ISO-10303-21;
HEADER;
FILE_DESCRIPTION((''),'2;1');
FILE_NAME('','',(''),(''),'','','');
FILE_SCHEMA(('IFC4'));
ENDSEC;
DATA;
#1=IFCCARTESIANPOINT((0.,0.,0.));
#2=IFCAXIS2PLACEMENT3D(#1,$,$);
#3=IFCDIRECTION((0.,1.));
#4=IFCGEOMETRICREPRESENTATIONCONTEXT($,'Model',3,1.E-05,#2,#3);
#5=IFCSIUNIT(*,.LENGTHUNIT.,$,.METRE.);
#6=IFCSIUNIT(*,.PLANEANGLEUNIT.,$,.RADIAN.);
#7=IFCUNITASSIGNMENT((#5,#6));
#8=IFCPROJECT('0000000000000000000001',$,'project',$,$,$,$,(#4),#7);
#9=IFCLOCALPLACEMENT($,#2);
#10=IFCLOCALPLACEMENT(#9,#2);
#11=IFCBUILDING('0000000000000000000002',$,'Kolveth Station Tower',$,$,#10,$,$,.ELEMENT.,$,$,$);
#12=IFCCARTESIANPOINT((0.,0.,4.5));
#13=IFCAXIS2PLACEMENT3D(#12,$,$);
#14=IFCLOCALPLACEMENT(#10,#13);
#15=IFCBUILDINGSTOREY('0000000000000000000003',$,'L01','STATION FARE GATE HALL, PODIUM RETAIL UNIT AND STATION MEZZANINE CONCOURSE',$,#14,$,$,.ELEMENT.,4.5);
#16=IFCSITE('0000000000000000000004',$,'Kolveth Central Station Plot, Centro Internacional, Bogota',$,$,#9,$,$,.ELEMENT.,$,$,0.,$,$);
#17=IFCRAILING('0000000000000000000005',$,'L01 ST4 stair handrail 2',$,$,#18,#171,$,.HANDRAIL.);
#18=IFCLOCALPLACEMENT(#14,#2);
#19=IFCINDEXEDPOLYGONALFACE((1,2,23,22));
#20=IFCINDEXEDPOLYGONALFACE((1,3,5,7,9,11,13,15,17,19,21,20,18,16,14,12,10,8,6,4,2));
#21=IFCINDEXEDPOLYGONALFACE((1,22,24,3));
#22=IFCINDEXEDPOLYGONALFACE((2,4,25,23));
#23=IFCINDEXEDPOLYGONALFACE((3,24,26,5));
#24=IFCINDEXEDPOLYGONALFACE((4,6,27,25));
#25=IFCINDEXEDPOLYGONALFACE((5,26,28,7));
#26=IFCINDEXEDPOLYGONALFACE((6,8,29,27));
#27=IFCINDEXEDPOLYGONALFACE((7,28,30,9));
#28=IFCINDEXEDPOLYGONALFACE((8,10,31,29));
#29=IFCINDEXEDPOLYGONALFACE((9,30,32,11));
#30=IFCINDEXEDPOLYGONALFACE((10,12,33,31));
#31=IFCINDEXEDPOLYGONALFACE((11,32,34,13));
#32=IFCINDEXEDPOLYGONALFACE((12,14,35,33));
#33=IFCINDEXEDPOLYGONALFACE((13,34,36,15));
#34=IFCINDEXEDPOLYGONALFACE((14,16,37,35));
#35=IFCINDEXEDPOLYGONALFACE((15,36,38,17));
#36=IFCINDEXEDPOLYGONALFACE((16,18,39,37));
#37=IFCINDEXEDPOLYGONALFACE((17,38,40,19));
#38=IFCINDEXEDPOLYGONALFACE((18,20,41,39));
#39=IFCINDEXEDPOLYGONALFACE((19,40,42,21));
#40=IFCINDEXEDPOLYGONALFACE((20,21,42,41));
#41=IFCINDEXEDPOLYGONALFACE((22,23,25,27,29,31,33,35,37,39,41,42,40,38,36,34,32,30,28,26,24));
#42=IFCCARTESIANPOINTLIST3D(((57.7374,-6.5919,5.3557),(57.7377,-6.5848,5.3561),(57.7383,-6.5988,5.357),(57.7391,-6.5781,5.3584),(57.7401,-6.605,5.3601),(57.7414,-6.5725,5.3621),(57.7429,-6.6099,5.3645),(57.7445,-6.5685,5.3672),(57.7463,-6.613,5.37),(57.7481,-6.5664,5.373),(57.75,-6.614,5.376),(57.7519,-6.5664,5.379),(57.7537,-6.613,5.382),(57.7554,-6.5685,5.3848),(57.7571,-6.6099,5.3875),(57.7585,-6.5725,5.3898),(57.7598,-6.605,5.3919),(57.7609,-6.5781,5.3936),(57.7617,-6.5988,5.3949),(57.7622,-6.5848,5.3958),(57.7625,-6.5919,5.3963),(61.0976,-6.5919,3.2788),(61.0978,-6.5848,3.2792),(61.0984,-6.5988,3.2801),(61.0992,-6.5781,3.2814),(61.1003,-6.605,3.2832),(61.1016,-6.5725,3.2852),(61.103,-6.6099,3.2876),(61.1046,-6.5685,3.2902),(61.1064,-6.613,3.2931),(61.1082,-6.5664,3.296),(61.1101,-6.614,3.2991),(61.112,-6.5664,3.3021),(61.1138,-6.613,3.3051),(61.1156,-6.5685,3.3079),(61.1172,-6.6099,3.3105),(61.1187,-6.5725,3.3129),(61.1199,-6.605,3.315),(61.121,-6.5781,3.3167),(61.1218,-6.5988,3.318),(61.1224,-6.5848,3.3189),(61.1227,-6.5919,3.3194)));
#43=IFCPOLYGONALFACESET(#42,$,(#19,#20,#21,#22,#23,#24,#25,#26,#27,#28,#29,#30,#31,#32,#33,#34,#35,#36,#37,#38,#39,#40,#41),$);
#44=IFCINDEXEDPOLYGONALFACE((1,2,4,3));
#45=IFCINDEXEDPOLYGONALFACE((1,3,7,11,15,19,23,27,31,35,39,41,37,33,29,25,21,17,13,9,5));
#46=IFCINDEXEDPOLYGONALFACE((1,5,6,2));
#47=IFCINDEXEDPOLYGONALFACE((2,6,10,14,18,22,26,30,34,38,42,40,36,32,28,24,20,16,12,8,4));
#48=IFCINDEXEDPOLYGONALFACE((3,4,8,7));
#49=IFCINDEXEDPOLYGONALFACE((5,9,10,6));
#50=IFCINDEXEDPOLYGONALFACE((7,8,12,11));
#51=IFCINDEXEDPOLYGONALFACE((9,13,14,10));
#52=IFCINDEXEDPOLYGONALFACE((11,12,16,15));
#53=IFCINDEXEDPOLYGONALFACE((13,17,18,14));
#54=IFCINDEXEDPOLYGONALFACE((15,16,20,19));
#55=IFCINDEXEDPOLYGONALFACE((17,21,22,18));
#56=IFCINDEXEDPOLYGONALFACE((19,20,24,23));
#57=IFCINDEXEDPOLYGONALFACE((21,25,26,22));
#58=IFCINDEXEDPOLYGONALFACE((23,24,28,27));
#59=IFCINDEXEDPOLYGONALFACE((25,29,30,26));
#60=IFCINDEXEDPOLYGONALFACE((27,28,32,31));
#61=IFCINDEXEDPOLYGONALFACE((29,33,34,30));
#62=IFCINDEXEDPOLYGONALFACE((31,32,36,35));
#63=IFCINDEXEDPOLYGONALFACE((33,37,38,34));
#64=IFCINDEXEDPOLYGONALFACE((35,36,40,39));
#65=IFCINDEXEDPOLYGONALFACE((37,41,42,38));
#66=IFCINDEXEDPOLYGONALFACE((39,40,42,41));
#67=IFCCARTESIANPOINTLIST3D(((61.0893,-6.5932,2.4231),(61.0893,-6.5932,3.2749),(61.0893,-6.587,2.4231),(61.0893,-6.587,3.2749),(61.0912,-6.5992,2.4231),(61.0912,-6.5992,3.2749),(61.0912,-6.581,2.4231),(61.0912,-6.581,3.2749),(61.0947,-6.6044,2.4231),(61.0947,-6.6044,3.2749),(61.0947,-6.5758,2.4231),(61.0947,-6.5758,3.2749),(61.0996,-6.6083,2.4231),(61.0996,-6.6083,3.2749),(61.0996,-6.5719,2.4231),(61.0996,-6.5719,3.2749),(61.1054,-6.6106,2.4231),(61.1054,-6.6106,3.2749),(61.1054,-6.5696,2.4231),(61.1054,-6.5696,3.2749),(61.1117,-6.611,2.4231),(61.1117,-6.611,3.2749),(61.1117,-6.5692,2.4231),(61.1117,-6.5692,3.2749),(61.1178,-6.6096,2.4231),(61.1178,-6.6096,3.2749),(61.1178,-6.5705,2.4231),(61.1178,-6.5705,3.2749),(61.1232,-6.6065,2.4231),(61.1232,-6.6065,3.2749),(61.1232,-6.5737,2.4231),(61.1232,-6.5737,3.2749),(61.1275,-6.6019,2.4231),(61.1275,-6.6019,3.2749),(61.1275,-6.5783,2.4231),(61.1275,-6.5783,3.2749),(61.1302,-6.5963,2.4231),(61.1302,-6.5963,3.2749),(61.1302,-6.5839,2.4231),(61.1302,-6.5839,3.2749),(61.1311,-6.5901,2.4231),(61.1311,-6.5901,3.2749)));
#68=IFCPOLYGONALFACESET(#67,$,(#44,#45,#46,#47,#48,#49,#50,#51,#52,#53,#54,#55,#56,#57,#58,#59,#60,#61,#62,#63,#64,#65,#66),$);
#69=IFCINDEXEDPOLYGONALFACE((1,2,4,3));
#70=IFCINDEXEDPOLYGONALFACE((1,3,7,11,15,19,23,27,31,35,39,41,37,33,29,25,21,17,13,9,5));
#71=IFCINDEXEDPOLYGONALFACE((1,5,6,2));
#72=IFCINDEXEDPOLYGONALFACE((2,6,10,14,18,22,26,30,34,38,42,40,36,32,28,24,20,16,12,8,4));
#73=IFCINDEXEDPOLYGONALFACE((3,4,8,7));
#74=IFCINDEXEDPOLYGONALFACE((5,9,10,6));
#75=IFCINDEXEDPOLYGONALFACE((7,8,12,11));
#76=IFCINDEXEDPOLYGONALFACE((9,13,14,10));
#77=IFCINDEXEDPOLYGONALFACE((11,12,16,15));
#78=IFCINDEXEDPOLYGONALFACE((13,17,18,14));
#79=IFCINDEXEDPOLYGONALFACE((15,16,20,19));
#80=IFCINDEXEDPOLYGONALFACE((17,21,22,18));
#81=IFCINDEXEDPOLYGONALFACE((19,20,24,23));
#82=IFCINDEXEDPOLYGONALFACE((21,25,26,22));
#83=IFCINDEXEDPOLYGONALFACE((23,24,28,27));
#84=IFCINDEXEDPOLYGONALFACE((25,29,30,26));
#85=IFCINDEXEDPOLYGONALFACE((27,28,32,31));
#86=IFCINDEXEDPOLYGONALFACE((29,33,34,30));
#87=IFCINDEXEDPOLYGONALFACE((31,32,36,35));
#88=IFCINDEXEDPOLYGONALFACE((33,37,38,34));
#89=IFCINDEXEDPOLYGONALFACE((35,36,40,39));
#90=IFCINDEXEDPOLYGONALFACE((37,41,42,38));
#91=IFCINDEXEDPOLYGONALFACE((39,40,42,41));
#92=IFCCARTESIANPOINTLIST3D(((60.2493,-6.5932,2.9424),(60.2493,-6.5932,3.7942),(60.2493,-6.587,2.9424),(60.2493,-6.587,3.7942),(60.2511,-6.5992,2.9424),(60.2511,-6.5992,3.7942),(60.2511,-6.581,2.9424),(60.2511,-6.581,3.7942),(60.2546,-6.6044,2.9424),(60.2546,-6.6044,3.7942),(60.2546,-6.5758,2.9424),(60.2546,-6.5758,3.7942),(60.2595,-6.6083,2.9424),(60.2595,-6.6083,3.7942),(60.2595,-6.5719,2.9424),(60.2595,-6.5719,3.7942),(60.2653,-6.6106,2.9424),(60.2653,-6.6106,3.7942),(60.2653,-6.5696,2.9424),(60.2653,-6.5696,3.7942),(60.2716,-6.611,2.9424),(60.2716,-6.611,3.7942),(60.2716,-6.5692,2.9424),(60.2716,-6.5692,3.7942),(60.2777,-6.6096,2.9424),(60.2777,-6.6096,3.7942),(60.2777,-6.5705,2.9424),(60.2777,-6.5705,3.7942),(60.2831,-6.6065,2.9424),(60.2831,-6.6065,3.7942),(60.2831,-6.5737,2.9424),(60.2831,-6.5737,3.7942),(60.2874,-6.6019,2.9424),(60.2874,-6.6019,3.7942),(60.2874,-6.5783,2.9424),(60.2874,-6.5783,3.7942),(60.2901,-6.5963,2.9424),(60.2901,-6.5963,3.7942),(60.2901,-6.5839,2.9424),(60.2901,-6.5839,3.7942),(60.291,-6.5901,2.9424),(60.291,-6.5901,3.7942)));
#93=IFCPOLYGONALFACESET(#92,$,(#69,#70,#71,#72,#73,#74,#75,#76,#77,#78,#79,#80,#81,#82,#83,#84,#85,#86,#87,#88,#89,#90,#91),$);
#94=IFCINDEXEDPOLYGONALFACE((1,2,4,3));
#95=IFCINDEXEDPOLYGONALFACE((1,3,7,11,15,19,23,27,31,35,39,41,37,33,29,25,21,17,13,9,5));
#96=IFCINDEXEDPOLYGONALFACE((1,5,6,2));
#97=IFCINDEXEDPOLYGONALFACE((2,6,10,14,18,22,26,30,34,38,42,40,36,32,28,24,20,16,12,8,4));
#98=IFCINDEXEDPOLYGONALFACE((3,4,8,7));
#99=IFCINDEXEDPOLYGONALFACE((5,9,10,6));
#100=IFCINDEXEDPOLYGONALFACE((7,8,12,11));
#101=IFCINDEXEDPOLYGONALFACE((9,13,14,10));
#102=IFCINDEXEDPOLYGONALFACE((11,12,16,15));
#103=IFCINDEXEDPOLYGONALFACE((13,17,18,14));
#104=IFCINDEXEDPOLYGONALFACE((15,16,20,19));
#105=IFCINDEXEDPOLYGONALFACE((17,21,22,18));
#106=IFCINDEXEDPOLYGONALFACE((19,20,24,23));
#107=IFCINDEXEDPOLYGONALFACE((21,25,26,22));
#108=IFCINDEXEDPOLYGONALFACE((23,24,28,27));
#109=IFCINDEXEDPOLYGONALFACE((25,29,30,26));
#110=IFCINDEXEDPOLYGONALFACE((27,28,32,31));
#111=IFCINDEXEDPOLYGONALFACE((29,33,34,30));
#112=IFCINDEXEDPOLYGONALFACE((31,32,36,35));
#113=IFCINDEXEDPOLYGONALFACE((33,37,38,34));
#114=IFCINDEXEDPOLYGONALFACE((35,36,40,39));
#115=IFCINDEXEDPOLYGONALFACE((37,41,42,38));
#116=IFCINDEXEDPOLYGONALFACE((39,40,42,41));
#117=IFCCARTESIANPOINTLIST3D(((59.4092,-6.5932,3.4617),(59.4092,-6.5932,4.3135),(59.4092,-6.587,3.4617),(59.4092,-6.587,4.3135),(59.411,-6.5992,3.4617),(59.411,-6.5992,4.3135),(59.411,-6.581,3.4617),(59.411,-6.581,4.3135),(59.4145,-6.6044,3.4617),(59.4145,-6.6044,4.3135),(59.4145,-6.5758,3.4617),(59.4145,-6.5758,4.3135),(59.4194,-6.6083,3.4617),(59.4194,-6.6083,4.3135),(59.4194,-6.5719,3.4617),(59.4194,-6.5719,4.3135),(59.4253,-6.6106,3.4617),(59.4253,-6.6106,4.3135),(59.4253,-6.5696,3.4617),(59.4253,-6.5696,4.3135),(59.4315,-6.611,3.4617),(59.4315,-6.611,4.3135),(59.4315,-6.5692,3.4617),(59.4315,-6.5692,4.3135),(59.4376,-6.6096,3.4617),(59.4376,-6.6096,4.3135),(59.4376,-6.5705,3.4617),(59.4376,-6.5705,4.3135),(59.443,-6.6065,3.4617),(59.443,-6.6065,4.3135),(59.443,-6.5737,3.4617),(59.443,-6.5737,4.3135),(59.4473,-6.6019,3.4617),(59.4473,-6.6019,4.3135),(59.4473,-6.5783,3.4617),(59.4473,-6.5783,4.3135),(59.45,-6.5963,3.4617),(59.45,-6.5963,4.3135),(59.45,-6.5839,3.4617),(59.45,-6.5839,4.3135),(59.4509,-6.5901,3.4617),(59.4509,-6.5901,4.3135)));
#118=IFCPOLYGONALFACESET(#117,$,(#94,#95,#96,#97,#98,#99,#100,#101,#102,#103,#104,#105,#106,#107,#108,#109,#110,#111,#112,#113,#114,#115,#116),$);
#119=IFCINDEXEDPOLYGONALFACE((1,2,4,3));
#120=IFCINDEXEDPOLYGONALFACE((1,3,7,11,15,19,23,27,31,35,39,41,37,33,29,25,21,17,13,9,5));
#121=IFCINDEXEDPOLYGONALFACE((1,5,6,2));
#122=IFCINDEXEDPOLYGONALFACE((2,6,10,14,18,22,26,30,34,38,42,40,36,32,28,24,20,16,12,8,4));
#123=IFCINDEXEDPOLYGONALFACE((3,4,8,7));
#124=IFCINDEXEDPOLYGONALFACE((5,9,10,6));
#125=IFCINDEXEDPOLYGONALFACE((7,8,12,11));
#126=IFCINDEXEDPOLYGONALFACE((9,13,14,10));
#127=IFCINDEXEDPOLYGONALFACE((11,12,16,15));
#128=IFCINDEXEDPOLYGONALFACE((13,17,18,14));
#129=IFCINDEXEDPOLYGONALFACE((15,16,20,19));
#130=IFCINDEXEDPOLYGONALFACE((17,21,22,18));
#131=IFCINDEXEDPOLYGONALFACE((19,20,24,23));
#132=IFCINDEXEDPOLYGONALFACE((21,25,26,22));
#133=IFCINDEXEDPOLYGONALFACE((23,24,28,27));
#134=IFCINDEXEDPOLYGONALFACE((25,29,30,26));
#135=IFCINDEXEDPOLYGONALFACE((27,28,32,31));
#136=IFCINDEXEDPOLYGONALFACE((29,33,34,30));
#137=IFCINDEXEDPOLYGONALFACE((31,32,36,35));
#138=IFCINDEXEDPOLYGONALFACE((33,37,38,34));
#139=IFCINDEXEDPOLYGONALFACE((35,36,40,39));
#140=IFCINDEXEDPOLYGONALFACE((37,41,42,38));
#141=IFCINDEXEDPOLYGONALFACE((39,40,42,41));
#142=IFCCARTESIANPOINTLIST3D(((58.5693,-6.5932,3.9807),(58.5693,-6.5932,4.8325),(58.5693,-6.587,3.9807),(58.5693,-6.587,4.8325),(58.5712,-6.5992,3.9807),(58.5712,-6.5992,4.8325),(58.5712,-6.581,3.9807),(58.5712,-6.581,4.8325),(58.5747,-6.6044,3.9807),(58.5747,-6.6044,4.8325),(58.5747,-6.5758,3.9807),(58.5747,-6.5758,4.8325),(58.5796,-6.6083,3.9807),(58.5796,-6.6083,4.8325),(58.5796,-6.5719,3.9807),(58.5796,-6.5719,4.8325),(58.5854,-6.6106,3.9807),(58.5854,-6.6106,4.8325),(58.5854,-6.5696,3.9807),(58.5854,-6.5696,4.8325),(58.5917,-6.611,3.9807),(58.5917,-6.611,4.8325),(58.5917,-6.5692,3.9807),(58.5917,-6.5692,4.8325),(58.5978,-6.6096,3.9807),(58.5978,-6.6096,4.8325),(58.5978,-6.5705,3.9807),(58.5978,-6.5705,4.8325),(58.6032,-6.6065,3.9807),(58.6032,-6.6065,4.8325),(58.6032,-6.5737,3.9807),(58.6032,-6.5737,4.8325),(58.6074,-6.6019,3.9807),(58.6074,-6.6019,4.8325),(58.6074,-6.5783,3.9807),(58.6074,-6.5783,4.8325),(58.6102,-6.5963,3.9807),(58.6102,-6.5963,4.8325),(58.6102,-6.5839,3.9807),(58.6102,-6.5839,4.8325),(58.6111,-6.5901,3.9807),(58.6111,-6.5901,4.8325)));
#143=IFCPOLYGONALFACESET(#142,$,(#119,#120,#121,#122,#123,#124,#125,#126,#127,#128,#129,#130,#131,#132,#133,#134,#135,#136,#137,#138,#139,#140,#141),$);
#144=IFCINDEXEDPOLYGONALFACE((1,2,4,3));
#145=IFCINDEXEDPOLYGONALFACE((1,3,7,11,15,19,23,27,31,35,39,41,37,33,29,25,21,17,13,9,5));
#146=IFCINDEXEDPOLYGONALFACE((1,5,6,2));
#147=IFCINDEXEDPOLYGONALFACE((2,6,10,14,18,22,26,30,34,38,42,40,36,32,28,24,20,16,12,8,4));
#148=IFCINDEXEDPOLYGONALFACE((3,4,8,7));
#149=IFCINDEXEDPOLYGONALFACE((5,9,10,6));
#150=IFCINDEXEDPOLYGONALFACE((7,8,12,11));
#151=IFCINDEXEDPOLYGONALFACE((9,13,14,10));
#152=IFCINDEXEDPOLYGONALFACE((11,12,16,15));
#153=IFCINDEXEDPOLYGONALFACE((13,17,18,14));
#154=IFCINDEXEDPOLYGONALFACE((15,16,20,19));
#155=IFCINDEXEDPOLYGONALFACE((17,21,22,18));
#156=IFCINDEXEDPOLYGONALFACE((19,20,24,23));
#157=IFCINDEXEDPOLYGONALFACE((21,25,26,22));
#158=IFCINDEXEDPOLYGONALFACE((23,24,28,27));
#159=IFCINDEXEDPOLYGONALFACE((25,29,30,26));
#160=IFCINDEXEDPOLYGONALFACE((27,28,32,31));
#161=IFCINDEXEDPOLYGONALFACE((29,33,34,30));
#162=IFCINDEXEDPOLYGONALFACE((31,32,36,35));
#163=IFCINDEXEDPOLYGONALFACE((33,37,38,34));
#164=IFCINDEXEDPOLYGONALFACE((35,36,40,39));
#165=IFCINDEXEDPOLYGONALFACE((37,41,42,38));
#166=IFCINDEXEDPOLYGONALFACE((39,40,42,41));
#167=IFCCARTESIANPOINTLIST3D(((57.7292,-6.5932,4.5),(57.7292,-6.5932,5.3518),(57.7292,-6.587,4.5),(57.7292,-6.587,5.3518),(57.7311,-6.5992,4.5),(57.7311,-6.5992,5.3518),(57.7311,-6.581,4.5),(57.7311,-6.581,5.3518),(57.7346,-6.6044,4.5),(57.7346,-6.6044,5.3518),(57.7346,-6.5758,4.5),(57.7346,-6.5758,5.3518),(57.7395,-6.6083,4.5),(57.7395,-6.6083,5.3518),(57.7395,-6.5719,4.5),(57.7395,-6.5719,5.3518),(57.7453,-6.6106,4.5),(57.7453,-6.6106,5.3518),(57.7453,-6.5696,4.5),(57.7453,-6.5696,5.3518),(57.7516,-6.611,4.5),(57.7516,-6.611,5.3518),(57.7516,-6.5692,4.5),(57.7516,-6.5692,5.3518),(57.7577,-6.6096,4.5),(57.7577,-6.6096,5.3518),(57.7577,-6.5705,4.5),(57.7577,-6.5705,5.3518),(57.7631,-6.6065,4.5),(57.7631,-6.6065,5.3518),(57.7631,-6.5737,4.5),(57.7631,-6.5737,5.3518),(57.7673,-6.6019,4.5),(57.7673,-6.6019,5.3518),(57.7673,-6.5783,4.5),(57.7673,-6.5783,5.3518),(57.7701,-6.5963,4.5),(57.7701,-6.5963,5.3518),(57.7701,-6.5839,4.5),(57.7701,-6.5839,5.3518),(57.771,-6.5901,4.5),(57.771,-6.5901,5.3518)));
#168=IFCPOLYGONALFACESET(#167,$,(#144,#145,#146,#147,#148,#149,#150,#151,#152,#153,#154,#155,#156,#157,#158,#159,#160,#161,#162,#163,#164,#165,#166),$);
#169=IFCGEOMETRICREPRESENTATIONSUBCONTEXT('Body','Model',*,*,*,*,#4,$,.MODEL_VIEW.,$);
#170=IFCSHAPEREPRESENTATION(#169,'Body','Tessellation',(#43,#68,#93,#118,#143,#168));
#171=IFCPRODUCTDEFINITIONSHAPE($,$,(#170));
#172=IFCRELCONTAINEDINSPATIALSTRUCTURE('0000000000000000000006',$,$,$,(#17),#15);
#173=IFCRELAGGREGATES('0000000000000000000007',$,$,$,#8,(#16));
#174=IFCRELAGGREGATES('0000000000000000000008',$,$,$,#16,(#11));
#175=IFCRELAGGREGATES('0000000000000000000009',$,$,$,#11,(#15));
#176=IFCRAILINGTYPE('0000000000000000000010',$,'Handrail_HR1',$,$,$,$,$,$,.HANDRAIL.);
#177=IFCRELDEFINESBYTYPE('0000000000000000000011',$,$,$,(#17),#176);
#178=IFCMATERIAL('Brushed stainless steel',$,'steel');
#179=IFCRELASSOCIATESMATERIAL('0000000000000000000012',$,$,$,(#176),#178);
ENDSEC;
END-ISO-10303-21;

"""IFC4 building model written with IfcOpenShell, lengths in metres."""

from ifc_helpers import new_model, si_unit, direction, frame, origin, origin_2d, place, context, subcontext, project, spatial, circle, extrude, material, type_object, element, save


model = new_model("IFC4")

# Units and contexts
model_context = context("Model", 3, precision=1e-05, world=origin(), true_north=direction((0.0, 1.0)))
body_context = subcontext(model_context, "Body", "Model", "MODEL_VIEW")
ifc_project = project(units=[si_unit("LENGTHUNIT", "METRE"), si_unit("PLANEANGLEUNIT", "RADIAN")], contexts=[model_context])

# Site, building, storey
site_placement = place(None, origin())
site = spatial("IfcSite", under=ifc_project, at=site_placement, Name="Kolveth Central Station Plot, Centro Internacional, Bogota", CompositionType="ELEMENT", RefElevation=0.0)
building_placement = place(site_placement, origin())
building = spatial("IfcBuilding", under=site, at=building_placement, Name="Kolveth Station Tower", CompositionType="ELEMENT")
storey_placement = place(building_placement, frame((0.0, 0.0, 4.5)))
storey = spatial("IfcBuildingStorey", under=building, at=storey_placement, Name="L01", Description="STATION FARE GATE HALL, PODIUM RETAIL UNIT AND STATION MEZZANINE CONCOURSE", CompositionType="ELEMENT", Elevation=4.5)

# Railing
ifc_material_1 = material(Name="Brushed stainless steel", Category="steel")
railing_type_1 = type_object("IfcRailingType", Name="Handrail_HR1", PredefinedType="HANDRAIL", material=ifc_material_1)
railing_1_placement = place(storey_placement, frame((61.1101, -6.5901, 2.4231)))
element("IfcRailing", 1, at=railing_1_placement, inside=storey, type_object=railing_type_1, Name="L01 ST4 stair handrail 2", PredefinedType="HANDRAIL", context=body_context, shape_type="SweptSolid", body=[
    extrude(circle(Radius=0.0239, at=origin_2d()), frame((0.0, 0.0, 0.876), z_axis=(-0.850623, 0.0, 0.525776), x_axis=(0.0, -1.0, 0.0)), (0.0, 0.0, 1.0), 3.9502),
    extrude(circle(Radius=0.021, at=origin_2d()), origin(), (0.0, 0.0, 1.0), 0.8518),
    extrude(circle(Radius=0.021, at=origin_2d()), frame((-0.8401, 0.0, 0.5193)), (0.0, 0.0, 1.0), 0.8518),
    extrude(circle(Radius=0.021, at=origin_2d()), frame((-1.6802, 0.0, 1.0386)), (0.0, 0.0, 1.0), 0.8518),
    extrude(circle(Radius=0.021, at=origin_2d()), frame((-2.52, 0.0, 1.5576)), (0.0, 0.0, 1.0), 0.8518),
    extrude(circle(Radius=0.021, at=origin_2d()), frame((-3.3601, 0.0, 2.0769)), (0.0, 0.0, 1.0), 0.8518),
])

save(model, "model.ifc")
